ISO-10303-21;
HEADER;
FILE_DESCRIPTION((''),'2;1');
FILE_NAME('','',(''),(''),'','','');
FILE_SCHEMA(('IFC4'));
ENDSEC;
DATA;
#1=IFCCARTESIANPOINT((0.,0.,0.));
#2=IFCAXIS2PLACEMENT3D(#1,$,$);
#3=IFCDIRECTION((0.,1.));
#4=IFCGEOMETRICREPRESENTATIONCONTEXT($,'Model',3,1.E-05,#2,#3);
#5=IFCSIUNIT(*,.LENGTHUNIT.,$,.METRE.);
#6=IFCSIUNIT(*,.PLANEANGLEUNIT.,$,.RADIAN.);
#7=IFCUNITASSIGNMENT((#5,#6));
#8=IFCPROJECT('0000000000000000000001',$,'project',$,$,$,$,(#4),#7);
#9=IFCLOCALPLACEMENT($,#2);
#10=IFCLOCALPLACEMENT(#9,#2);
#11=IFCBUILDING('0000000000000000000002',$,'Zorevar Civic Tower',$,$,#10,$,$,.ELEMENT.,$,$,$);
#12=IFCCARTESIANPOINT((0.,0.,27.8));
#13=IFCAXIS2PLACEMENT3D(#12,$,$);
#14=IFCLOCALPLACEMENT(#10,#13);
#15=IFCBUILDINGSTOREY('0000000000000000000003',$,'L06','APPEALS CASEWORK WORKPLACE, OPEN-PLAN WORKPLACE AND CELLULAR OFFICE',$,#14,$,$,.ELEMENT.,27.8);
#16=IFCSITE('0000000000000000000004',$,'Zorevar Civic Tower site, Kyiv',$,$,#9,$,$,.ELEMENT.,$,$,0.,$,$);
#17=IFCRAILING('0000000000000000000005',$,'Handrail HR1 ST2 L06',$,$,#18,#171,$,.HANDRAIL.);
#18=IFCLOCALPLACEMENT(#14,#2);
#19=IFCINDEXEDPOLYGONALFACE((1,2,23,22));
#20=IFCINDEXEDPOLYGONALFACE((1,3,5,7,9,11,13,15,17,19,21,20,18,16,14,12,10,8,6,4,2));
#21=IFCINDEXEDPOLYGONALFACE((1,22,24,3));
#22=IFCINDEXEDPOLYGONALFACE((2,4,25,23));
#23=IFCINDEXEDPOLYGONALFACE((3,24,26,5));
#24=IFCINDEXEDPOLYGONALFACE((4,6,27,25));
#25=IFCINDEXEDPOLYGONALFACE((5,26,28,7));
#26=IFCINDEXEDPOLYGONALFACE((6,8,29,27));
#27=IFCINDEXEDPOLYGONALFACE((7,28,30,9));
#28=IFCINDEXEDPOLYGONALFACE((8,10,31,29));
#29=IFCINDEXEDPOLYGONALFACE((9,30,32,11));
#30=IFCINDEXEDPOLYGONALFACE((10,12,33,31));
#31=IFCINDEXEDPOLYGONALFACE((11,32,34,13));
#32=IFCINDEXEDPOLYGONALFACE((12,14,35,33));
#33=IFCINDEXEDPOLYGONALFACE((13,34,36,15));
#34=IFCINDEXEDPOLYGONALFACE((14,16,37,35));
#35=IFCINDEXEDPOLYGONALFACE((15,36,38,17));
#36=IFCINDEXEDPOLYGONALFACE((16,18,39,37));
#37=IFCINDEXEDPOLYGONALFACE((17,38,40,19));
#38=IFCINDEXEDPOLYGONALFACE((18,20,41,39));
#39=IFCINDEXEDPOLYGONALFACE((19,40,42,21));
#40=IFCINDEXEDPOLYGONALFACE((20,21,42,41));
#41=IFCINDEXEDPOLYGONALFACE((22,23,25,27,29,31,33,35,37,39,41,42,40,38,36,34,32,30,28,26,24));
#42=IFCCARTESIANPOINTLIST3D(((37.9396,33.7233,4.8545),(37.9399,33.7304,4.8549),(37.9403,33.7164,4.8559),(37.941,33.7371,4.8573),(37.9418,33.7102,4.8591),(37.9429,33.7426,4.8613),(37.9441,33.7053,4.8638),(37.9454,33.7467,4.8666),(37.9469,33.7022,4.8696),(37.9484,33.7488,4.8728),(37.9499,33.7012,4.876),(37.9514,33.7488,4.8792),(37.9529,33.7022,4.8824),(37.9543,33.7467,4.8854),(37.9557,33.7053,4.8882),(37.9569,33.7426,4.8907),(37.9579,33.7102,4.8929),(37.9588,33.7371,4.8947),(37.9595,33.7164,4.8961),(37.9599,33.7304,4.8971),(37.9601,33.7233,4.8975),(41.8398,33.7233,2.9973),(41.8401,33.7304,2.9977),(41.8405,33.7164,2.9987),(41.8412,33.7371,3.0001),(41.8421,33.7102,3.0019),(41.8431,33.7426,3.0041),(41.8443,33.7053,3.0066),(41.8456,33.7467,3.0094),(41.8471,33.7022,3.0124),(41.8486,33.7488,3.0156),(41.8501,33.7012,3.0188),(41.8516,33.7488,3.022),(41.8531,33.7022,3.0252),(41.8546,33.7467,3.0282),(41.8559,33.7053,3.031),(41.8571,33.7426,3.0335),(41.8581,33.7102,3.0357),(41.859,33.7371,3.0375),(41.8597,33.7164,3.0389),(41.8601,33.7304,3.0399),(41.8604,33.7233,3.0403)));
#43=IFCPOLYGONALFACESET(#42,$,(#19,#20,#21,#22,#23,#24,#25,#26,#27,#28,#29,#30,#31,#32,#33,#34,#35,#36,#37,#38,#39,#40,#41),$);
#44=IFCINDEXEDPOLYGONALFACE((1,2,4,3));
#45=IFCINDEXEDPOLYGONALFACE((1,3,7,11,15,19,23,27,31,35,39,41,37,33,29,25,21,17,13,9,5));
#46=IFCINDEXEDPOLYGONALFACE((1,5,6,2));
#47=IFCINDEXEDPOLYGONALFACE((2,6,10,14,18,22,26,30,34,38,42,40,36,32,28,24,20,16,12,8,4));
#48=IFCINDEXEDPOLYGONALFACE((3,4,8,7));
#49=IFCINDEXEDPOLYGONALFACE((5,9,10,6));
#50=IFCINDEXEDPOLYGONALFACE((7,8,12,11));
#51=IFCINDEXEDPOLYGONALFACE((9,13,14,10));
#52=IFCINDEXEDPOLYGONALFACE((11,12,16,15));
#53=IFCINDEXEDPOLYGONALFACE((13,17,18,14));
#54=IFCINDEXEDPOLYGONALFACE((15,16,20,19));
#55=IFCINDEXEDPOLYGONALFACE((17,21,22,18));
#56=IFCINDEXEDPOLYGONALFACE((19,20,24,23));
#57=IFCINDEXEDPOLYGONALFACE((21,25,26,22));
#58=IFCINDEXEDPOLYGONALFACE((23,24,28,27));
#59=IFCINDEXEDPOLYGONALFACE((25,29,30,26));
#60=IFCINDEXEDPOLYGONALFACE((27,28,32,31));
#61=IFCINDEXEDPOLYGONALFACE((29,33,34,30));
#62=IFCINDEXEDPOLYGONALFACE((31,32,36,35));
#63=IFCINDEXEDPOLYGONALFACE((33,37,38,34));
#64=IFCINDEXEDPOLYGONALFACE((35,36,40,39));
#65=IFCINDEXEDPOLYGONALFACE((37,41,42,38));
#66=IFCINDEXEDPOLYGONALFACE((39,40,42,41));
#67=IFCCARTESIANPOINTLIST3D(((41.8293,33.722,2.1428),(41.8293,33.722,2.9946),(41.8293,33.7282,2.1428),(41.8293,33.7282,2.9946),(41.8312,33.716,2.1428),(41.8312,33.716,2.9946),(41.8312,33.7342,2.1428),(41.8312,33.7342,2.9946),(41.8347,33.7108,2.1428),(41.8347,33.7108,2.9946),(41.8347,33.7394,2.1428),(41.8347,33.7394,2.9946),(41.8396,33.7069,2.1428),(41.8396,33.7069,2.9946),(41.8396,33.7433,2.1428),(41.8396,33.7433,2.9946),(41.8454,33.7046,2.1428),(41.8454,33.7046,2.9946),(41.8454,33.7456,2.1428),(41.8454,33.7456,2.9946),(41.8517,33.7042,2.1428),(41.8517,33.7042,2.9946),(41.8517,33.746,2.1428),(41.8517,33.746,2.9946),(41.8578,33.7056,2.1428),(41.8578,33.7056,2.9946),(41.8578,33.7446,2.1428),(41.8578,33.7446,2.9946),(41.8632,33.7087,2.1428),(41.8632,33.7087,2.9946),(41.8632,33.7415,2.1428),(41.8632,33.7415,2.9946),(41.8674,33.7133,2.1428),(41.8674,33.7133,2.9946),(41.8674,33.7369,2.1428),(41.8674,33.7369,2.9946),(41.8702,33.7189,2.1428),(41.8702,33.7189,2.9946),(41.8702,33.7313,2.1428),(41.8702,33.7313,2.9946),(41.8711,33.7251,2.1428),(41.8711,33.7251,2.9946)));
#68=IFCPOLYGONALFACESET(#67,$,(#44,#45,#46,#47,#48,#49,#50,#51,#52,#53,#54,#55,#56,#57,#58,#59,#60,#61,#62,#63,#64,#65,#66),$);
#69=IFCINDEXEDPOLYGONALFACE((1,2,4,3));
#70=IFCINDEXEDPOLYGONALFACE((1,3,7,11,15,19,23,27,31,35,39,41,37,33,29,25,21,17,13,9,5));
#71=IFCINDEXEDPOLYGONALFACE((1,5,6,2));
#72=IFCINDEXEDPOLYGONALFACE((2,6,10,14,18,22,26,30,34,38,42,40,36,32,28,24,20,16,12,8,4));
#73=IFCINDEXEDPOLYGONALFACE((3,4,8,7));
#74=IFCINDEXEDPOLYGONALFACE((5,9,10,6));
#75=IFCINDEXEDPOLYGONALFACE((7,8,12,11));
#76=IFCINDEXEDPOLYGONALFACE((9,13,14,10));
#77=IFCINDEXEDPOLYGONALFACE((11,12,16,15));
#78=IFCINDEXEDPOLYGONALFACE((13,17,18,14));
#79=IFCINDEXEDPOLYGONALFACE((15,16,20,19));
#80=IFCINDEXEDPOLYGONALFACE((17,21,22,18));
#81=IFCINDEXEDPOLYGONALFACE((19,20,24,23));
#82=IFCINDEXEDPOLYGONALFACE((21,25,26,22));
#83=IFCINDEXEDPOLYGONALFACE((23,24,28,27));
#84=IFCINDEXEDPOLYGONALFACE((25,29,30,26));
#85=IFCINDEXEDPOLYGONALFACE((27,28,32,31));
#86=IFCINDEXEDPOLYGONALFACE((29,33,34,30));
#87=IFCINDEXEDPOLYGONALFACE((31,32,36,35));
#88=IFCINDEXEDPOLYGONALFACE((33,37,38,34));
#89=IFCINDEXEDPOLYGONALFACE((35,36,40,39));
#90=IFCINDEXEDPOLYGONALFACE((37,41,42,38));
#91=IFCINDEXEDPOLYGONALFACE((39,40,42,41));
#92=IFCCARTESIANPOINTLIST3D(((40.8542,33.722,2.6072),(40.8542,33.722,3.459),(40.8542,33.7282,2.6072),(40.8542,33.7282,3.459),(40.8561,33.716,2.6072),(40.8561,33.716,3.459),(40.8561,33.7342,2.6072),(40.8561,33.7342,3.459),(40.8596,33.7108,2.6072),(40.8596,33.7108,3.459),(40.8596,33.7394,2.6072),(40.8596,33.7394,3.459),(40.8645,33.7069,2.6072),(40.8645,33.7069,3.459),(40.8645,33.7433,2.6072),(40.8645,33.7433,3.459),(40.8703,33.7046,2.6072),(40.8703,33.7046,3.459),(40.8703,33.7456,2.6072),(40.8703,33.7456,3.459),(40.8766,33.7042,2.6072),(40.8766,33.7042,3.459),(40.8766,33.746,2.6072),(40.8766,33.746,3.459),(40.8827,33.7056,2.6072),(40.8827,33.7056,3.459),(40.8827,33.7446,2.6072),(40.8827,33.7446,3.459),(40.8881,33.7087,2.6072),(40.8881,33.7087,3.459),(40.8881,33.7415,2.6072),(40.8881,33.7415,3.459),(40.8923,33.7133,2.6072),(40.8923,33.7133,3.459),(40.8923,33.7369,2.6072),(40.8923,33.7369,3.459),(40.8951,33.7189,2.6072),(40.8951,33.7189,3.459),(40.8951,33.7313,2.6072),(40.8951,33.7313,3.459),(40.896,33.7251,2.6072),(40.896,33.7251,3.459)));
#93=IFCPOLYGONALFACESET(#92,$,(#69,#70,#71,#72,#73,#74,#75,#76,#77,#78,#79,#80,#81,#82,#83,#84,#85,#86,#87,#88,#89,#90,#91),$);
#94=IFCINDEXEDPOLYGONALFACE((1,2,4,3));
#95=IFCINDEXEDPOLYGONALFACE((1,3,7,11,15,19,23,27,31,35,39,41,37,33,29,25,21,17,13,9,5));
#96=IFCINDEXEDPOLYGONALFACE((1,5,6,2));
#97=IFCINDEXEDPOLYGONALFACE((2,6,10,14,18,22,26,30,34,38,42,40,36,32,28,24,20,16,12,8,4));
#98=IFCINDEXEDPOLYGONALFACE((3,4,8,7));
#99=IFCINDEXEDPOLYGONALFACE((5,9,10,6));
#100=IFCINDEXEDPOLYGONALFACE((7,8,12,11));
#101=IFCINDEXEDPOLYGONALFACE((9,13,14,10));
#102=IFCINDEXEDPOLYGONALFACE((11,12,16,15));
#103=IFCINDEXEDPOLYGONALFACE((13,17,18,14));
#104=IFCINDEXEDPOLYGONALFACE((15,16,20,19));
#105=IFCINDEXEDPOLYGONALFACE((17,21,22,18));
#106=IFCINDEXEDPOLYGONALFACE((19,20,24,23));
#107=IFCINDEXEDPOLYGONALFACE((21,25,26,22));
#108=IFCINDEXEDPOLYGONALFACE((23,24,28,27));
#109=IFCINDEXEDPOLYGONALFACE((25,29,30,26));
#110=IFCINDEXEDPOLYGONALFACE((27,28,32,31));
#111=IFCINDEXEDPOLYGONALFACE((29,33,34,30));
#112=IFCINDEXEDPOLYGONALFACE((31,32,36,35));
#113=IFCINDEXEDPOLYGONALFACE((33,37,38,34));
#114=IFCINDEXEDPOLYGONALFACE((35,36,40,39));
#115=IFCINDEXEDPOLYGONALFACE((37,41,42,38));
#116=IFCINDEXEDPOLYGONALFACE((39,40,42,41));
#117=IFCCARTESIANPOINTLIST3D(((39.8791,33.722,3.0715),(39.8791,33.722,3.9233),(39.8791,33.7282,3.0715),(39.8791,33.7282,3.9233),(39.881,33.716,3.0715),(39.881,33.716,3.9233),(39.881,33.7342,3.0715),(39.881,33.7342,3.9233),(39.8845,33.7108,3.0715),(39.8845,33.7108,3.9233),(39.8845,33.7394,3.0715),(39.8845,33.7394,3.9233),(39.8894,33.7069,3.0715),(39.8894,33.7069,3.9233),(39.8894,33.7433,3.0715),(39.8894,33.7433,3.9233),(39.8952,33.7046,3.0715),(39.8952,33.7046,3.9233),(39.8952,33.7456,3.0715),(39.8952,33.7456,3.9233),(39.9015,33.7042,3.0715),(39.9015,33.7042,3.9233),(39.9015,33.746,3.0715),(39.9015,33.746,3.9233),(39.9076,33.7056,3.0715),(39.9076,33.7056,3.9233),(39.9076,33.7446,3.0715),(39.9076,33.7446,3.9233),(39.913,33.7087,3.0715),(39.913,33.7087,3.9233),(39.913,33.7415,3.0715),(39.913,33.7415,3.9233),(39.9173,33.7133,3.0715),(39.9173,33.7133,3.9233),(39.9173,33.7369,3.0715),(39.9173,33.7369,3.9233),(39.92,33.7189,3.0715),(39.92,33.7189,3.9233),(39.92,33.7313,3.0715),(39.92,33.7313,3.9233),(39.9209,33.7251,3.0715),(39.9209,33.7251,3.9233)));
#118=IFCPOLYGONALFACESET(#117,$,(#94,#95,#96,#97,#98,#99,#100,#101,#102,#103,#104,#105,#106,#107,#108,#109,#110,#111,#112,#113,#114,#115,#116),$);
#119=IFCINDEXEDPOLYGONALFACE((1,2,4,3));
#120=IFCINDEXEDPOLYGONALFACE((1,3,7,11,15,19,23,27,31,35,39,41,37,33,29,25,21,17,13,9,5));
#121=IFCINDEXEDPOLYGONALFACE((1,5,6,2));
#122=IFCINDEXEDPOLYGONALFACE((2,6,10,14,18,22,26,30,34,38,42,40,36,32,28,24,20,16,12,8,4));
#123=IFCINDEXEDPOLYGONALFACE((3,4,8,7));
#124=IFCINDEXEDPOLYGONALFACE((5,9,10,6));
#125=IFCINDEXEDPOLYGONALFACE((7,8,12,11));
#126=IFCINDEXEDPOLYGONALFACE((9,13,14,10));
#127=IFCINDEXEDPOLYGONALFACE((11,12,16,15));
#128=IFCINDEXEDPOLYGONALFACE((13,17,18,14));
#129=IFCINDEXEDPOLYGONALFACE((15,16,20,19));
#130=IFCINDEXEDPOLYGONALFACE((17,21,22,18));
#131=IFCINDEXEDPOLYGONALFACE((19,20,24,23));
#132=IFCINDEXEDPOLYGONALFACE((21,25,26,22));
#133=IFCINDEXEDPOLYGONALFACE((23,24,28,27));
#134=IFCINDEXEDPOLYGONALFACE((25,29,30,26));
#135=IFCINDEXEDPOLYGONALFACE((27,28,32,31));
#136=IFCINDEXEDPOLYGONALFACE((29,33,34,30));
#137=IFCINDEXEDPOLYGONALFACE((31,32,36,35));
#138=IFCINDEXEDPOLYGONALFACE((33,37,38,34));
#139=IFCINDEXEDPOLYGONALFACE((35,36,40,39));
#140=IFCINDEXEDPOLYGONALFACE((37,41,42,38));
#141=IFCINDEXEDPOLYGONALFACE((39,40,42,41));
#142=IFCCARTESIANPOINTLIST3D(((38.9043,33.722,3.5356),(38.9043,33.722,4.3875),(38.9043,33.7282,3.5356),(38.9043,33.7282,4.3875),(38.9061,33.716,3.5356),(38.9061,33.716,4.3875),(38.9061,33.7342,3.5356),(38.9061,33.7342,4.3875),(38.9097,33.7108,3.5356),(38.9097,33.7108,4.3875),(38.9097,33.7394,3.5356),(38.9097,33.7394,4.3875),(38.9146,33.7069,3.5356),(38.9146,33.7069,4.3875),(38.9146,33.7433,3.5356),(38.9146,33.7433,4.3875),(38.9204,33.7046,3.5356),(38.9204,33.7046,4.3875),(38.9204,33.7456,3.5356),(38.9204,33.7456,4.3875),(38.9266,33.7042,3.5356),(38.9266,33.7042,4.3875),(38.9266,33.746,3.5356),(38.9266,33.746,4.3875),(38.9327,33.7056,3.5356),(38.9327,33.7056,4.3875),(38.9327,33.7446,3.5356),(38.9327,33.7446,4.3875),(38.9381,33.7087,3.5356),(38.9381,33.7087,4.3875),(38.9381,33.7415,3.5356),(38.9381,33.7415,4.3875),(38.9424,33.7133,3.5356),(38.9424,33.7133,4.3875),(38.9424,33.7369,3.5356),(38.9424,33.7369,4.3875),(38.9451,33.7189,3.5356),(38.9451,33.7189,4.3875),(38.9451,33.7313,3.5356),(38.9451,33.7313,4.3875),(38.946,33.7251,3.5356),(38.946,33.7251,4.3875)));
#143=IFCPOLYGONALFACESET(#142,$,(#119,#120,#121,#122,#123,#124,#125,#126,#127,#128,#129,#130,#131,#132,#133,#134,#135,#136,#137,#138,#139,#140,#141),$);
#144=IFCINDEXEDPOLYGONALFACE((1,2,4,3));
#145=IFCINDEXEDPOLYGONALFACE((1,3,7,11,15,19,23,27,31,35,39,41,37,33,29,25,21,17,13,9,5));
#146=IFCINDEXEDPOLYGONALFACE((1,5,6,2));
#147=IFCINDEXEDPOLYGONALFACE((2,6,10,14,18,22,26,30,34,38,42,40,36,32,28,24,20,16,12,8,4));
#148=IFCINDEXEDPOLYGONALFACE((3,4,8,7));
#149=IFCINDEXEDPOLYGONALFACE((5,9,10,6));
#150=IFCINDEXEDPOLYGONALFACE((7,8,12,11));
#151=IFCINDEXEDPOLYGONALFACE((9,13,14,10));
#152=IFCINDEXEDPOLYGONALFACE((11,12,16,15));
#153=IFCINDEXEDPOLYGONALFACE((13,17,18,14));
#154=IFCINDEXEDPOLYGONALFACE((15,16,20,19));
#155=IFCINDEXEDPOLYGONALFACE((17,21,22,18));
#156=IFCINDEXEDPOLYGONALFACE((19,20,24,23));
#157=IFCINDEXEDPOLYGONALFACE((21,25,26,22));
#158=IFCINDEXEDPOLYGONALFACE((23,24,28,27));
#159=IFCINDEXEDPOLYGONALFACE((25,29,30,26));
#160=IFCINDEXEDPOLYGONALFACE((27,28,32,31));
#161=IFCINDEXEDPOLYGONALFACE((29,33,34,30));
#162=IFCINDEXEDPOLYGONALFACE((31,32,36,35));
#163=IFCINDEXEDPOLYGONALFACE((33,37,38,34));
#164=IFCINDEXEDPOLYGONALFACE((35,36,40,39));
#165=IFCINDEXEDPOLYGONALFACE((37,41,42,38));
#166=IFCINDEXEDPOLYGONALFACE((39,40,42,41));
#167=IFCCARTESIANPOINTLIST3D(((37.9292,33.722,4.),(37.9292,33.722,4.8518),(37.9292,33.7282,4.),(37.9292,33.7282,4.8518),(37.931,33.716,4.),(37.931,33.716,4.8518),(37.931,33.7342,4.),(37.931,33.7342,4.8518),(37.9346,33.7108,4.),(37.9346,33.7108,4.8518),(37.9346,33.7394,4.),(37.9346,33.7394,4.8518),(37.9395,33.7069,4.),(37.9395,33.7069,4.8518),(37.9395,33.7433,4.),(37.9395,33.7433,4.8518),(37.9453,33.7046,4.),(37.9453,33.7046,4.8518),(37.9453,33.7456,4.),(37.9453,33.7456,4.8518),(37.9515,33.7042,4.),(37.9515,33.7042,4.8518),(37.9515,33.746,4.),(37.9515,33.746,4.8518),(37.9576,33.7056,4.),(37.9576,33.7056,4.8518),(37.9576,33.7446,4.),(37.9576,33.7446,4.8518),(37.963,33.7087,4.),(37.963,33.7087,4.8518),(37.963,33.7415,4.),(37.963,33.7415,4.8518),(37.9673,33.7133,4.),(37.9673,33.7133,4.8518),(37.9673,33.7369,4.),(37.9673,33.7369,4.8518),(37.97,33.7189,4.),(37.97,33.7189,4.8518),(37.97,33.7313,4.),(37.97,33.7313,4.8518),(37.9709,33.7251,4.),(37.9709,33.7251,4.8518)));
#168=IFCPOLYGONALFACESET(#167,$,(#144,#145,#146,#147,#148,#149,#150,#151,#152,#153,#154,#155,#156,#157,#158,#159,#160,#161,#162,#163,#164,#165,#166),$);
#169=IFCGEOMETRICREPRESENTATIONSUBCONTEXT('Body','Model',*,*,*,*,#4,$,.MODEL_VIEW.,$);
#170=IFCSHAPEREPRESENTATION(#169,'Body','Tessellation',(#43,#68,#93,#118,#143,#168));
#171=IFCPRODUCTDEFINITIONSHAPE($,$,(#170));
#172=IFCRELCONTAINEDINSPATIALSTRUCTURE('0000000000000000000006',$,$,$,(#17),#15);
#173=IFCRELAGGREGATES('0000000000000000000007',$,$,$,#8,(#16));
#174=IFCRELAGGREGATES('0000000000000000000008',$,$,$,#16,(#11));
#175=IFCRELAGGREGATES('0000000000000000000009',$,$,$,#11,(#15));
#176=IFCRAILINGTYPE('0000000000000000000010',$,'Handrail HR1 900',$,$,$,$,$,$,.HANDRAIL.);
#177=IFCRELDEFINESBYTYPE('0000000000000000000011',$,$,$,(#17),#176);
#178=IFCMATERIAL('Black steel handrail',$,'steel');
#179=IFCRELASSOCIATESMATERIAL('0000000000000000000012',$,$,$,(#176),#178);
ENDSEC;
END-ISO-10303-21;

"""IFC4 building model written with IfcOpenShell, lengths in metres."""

from ifc_helpers import new_model, si_unit, direction, frame, origin, origin_2d, place, context, subcontext, project, spatial, circle, extrude, material, type_object, element, save


model = new_model("IFC4")

# Units and contexts
model_context = context("Model", 3, precision=1e-05, world=origin(), true_north=direction((0.0, 1.0)))
body_context = subcontext(model_context, "Body", "Model", "MODEL_VIEW")
ifc_project = project(units=[si_unit("LENGTHUNIT", "METRE"), si_unit("PLANEANGLEUNIT", "RADIAN")], contexts=[model_context])

# Site, building, storey
site_placement = place(None, origin())
site = spatial("IfcSite", under=ifc_project, at=site_placement, Name="Zorevar Civic Tower site, Kyiv", CompositionType="ELEMENT", RefElevation=0.0)
building_placement = place(site_placement, origin())
building = spatial("IfcBuilding", under=site, at=building_placement, Name="Zorevar Civic Tower", CompositionType="ELEMENT")
storey_placement = place(building_placement, frame((0.0, 0.0, 27.8)))
storey = spatial("IfcBuildingStorey", under=building, at=storey_placement, Name="L06", Description="APPEALS CASEWORK WORKPLACE, OPEN-PLAN WORKPLACE AND CELLULAR OFFICE", CompositionType="ELEMENT", Elevation=27.8)

# Railing
ifc_material_1 = material(Name="Black steel handrail", Category="steel")
railing_type = type_object("IfcRailingType", Name="Handrail HR1 900", PredefinedType="HANDRAIL", material=ifc_material_1)
railing_1_placement = place(storey_placement, frame((41.8501, 33.7251, 2.1428)))
element("IfcRailing", 1, at=railing_1_placement, inside=storey, type_object=railing_type, Name="Handrail HR1 ST2 L06", PredefinedType="HANDRAIL", context=body_context, shape_type="SweptSolid", body=[
    extrude(circle(Radius=0.0239, at=origin_2d()), frame((0.0, 0.0, 0.876), z_axis=(-0.902864, 0.0, 0.429927), x_axis=(0.0, -1.0, 0.0)), (0.0, 0.0, 1.0), 4.3198),
    extrude(circle(Radius=0.021, at=origin_2d()), origin(), (0.0, 0.0, 1.0), 0.8518),
    extrude(circle(Radius=0.021, at=origin_2d()), frame((-0.9751, 0.0, 0.4644)), (0.0, 0.0, 1.0), 0.8518),
    extrude(circle(Radius=0.021, at=origin_2d()), frame((-1.9502, 0.0, 0.9287)), (0.0, 0.0, 1.0), 0.8518),
    extrude(circle(Radius=0.021, at=origin_2d()), frame((-2.925, 0.0, 1.3928)), (0.0, 0.0, 1.0), 0.8518),
    extrude(circle(Radius=0.021, at=origin_2d()), frame((-3.9001, 0.0, 1.8572)), (0.0, 0.0, 1.0), 0.8518),
])

save(model, "model.ifc")
